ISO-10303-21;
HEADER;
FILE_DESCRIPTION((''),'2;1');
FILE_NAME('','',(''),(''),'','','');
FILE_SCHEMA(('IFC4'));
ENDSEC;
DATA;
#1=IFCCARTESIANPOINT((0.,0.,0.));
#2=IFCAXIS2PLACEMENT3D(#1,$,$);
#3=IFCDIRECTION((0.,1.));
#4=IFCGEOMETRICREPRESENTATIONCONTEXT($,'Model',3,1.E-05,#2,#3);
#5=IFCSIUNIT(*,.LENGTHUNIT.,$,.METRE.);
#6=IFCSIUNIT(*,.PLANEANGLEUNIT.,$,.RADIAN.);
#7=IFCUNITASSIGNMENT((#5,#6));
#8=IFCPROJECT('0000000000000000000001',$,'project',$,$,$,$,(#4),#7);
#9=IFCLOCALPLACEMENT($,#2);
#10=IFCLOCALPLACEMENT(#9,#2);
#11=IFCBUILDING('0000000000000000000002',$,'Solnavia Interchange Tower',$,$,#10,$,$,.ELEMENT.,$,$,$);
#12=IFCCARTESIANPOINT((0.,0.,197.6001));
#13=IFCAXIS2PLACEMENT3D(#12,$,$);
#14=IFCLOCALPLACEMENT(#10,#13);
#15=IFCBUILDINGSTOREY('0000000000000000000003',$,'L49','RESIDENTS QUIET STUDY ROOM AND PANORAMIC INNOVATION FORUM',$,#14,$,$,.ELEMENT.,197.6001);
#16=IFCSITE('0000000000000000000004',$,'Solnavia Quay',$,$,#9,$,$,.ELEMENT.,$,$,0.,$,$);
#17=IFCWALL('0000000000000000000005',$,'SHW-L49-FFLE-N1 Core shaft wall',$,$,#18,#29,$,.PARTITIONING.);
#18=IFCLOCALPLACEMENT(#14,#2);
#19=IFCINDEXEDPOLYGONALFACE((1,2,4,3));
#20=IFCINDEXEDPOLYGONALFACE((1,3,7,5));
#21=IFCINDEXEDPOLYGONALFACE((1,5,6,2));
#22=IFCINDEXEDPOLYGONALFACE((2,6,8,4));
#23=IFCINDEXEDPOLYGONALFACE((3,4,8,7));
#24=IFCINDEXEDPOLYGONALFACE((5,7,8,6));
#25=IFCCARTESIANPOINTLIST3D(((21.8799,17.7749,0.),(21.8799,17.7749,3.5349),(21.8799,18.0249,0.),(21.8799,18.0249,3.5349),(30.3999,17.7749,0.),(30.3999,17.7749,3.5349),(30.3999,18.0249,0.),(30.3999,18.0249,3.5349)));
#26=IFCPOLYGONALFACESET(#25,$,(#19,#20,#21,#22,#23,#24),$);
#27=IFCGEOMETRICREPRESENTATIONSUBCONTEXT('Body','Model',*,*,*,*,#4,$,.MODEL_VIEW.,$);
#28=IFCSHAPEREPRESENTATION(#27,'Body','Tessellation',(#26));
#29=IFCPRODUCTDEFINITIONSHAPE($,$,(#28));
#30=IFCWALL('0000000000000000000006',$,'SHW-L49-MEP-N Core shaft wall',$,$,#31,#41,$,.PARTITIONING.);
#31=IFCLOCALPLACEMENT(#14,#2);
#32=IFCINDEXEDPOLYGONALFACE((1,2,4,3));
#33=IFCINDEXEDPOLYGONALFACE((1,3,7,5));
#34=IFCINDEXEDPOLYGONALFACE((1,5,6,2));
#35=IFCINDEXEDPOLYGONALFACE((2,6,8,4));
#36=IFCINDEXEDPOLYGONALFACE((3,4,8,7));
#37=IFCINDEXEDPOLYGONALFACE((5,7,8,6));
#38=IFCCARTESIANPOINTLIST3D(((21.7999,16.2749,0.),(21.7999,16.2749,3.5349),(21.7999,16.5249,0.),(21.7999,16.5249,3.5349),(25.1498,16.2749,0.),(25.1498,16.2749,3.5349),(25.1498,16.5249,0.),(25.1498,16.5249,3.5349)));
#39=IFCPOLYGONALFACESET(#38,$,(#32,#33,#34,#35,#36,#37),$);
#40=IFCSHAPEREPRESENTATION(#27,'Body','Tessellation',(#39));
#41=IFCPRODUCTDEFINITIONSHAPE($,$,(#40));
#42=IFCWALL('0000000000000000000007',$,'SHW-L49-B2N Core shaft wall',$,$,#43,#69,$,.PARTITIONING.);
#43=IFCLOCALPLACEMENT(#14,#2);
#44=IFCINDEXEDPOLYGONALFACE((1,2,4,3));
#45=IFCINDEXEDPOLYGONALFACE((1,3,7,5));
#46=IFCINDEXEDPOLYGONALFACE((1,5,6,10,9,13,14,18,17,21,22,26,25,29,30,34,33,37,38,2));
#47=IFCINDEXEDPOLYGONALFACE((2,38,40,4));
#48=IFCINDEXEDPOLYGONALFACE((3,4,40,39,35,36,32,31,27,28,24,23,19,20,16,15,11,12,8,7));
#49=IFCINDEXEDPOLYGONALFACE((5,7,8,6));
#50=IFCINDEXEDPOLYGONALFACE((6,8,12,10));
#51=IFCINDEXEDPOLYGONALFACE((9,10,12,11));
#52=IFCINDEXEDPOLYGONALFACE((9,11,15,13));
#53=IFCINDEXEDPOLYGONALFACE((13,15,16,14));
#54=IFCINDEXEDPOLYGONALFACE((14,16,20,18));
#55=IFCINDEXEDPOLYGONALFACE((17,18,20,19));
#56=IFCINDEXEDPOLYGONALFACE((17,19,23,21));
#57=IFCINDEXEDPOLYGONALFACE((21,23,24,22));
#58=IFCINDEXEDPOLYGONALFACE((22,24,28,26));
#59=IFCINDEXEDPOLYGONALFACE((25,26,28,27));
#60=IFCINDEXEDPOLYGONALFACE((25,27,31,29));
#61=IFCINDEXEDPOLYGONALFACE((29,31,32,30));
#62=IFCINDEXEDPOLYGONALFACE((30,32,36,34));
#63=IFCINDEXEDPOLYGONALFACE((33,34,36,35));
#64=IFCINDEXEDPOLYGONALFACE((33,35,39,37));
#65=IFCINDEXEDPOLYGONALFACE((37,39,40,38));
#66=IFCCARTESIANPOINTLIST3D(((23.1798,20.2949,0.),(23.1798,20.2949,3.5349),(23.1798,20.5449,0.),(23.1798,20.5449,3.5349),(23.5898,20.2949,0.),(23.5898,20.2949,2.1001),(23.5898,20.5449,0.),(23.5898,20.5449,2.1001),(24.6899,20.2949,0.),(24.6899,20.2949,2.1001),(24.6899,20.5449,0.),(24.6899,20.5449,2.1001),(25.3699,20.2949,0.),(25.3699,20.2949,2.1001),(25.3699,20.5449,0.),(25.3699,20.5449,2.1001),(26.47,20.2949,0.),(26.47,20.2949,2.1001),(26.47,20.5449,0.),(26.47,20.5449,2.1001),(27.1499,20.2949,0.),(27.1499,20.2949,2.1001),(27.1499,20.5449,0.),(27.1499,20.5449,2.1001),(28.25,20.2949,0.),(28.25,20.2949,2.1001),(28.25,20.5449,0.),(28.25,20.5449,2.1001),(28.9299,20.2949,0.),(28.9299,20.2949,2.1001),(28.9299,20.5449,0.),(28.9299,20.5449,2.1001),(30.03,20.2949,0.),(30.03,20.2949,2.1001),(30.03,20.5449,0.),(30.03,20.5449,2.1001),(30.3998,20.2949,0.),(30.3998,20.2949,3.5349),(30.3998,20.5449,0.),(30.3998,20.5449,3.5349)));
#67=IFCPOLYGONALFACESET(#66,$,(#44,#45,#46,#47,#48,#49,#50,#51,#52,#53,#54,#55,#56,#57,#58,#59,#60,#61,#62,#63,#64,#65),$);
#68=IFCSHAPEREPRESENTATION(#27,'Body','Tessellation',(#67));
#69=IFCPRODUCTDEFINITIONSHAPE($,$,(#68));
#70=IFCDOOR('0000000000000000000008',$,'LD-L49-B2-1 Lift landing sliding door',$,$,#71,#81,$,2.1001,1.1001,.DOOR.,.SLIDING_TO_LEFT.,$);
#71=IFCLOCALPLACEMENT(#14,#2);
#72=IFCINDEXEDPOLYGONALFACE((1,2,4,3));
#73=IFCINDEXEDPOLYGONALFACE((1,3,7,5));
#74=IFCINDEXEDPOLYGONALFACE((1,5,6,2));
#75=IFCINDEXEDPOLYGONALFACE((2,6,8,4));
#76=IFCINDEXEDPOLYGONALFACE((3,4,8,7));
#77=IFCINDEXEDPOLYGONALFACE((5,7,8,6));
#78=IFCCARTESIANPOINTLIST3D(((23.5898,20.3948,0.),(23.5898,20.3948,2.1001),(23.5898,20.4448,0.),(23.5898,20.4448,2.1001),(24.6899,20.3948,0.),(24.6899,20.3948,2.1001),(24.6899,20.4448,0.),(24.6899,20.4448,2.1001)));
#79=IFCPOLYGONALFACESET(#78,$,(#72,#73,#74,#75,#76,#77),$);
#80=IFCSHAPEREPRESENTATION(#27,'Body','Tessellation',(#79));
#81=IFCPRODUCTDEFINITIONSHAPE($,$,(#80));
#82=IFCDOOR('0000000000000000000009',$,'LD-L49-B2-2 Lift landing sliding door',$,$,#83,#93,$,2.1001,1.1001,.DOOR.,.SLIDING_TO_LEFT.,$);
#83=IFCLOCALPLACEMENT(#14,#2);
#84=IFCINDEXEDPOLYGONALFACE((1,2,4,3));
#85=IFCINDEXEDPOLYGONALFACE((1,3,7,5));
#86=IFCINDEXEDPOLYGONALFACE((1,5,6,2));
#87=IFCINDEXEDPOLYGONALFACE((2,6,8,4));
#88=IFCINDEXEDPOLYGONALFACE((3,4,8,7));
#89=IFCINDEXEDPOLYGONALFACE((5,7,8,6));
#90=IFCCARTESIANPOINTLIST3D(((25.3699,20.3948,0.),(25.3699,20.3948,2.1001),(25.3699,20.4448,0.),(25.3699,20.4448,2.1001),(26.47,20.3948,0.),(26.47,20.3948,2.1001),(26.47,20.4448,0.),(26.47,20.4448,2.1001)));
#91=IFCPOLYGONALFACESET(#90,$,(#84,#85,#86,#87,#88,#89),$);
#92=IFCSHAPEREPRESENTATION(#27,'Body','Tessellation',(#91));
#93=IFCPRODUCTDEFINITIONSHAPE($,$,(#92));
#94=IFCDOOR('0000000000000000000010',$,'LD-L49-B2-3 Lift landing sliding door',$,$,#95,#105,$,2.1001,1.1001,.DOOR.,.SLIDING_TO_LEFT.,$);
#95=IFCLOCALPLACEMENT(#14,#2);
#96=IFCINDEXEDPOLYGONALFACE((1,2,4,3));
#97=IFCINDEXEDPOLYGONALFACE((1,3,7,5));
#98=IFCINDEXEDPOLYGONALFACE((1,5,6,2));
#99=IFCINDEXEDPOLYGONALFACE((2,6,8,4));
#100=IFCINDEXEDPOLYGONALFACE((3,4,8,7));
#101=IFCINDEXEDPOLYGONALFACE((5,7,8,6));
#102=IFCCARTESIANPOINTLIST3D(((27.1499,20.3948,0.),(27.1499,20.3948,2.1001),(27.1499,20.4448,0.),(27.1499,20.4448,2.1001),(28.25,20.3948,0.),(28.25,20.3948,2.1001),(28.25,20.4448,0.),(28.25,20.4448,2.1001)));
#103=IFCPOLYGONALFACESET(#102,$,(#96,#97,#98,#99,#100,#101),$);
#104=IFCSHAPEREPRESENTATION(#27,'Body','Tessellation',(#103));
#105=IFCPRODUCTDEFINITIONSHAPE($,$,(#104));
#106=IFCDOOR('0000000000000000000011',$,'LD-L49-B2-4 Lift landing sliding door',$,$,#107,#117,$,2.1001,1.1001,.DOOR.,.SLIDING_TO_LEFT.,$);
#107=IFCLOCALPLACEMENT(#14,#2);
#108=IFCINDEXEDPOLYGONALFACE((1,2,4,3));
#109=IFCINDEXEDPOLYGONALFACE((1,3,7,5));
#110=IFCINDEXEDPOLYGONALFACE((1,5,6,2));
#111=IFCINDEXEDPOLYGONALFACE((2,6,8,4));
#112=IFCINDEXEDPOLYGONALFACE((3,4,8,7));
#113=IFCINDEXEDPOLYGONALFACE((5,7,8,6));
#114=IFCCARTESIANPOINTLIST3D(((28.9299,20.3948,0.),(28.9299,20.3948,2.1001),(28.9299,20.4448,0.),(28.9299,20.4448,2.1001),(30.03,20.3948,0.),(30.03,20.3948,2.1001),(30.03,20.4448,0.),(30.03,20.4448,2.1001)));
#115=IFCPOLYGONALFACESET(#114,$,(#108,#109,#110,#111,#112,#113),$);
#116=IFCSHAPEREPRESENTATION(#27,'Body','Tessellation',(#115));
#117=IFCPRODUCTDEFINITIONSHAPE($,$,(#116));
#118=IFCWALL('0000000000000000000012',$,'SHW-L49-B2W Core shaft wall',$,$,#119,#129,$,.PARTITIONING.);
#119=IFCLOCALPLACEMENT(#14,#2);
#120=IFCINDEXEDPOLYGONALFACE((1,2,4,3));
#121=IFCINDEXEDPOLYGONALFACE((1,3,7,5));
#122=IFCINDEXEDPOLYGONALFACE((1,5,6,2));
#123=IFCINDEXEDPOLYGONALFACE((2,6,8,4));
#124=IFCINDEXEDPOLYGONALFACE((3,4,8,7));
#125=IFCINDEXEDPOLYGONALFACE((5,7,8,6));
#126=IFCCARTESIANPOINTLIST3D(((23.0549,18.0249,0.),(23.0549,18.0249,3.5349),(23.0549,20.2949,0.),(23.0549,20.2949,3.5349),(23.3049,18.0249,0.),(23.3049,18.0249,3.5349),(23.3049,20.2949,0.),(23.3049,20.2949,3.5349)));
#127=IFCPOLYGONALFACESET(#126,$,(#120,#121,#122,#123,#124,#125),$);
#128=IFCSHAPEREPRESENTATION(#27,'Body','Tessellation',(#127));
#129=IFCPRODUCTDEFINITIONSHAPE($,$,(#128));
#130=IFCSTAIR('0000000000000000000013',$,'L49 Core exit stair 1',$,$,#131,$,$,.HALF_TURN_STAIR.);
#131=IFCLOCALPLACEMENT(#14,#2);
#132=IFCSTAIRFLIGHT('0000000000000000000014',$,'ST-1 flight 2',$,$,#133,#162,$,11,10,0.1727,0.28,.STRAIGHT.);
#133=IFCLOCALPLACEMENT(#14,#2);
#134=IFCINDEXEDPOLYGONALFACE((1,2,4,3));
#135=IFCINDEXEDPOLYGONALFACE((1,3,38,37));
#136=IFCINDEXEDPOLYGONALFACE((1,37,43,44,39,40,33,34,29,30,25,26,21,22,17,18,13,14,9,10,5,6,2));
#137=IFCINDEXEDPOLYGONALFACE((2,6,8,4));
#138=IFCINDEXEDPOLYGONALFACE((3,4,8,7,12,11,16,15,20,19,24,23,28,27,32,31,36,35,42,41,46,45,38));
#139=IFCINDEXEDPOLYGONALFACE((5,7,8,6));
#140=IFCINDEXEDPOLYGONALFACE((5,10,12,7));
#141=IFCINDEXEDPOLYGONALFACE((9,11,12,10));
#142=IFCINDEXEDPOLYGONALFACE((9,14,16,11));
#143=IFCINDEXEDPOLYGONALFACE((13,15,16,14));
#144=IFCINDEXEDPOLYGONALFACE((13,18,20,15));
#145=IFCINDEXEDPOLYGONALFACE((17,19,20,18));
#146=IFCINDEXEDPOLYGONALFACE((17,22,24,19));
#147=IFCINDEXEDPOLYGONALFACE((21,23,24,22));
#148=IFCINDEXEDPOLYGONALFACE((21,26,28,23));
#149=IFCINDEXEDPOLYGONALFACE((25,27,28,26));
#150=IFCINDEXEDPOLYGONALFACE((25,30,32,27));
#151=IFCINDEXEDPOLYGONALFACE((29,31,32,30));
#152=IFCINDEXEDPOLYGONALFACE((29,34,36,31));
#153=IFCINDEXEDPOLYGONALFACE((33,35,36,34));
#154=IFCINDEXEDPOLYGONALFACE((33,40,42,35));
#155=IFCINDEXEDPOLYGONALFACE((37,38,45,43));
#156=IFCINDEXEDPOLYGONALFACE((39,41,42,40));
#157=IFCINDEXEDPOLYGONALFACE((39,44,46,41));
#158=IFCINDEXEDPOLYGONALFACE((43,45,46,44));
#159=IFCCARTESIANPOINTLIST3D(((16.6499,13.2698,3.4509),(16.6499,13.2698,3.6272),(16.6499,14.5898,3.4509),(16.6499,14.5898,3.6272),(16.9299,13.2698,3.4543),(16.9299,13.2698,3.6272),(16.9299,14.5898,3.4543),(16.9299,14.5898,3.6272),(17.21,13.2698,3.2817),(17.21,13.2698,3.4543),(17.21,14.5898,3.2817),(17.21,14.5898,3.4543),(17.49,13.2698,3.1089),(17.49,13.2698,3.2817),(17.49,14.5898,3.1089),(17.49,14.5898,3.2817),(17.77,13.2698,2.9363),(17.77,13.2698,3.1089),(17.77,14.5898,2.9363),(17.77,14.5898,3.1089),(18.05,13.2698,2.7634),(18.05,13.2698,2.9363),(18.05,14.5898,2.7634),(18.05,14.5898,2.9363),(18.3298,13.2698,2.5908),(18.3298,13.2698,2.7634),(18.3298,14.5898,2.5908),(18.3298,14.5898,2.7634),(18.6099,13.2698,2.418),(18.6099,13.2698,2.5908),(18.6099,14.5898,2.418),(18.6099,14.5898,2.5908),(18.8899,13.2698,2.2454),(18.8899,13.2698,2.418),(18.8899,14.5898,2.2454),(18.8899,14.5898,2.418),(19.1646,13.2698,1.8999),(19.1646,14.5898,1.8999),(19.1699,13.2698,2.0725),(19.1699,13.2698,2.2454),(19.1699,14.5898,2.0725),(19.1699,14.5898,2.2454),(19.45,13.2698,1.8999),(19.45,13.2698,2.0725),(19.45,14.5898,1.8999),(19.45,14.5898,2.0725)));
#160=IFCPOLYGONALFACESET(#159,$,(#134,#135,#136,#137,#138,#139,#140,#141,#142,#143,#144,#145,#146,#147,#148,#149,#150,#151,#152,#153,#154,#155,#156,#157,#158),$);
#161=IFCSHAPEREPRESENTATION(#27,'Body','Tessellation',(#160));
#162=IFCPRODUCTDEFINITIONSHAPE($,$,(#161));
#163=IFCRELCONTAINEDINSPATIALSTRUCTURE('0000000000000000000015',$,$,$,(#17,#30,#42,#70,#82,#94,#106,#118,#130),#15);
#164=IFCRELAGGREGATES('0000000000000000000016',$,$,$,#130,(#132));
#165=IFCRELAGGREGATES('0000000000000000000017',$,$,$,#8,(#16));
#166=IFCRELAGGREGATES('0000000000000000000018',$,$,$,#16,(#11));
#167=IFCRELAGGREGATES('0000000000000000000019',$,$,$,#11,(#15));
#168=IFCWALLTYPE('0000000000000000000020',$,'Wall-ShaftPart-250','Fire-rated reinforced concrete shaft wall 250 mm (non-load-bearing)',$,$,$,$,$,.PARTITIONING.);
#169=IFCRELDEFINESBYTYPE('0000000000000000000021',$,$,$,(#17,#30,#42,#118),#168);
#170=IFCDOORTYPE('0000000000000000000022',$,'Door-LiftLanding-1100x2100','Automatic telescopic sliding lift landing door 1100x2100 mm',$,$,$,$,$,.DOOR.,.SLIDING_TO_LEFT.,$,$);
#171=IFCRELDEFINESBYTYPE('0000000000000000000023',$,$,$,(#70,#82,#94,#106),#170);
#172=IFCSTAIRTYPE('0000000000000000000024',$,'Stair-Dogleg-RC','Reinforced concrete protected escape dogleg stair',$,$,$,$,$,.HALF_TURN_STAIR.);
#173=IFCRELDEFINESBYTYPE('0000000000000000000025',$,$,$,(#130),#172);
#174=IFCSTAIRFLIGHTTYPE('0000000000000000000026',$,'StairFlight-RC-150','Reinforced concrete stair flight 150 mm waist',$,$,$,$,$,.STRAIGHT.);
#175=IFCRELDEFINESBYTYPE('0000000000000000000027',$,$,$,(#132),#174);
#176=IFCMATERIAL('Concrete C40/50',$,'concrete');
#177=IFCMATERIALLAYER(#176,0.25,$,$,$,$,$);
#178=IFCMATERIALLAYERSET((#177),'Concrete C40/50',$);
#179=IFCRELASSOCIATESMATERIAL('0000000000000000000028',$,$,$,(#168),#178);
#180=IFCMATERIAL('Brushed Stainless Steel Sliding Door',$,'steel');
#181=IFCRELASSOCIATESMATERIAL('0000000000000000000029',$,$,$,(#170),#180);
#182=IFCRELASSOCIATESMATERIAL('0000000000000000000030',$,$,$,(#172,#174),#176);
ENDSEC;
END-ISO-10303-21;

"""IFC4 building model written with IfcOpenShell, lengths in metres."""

from ifc_helpers import new_model, si_unit, direction, frame, frame_2d, origin, place, context, subcontext, project, spatial, polyline, rectangle, outline, extrude, material, layer, layer_set, type_object, element, fill, aggregate, save


model = new_model("IFC4")

# Units and contexts
model_context = context("Model", 3, precision=1e-05, world=origin(), true_north=direction((0.0, 1.0)))
body_context = subcontext(model_context, "Body", "Model", "MODEL_VIEW")
ifc_project = project(units=[si_unit("LENGTHUNIT", "METRE"), si_unit("PLANEANGLEUNIT", "RADIAN")], contexts=[model_context])

# Site, building, storey
site_placement = place(None, origin())
site = spatial("IfcSite", under=ifc_project, at=site_placement, Name="Solnavia Quay", CompositionType="ELEMENT", RefElevation=0.0)
building_placement = place(site_placement, origin())
building = spatial("IfcBuilding", under=site, at=building_placement, Name="Solnavia Interchange Tower", CompositionType="ELEMENT")
storey_placement = place(building_placement, frame((0.0, 0.0, 197.6001)))
storey = spatial("IfcBuildingStorey", under=building, at=storey_placement, Name="L49", Description="RESIDENTS QUIET STUDY ROOM AND PANORAMIC INNOVATION FORUM", CompositionType="ELEMENT", Elevation=197.6001)

# Shared definitions
ifc_material_1 = material(Name="Concrete C40/50", Category="concrete")

# Shared definitions
ifc_layer_1 = layer(ifc_material_1, 0.25)
ifc_layer_set_1 = layer_set([ifc_layer_1], Name="Concrete C40/50")
wall_type_1 = type_object("IfcWallType", Name="Wall-ShaftPart-250", Description="Fire-rated reinforced concrete shaft wall 250 mm (non-load-bearing)", PredefinedType="PARTITIONING", material=ifc_layer_set_1)

# Shared definitions
ifc_material_2 = material(Name="Brushed Stainless Steel Sliding Door", Category="steel")
door_type_1 = type_object("IfcDoorType", Name="Door-LiftLanding-1100x2100", Description="Automatic telescopic sliding lift landing door 1100x2100 mm", OperationType="SLIDING_TO_LEFT", PredefinedType="DOOR", material=ifc_material_2)

# Walls
wall_1_placement = place(storey_placement, frame((21.8799, 17.8999, 0.0), z_axis=(0.0, 0.0, 1.0), x_axis=(1.0, 0.0, 0.0)))
element("IfcWall", 1, at=wall_1_placement, inside=storey, type_object=wall_type_1, Name="SHW-L49-FFLE-N1 Core shaft wall", PredefinedType="PARTITIONING", context=body_context, shape_type="SweptSolid", body=[
    extrude(rectangle(XDim=8.52, YDim=0.25, at=frame_2d((4.26, 0.0))), origin(), (0.0, 0.0, 1.0), 3.5349),
])
wall_2_placement = place(storey_placement, frame((21.8, 16.3999, 0.0), z_axis=(0.0, 0.0, 1.0), x_axis=(1.0, 0.0, 0.0)))
element("IfcWall", 2, at=wall_2_placement, inside=storey, type_object=wall_type_1, Name="SHW-L49-MEP-N Core shaft wall", PredefinedType="PARTITIONING", context=body_context, shape_type="SweptSolid", body=[
    extrude(rectangle(XDim=3.3499, YDim=0.25, at=frame_2d((1.6748, 0.0))), origin(), (0.0, 0.0, 1.0), 3.5349),
])

# Wall, openings, doors
wall_3_placement = place(storey_placement, frame((23.1799, 20.4199, 0.0), z_axis=(0.0, 0.0, 1.0), x_axis=(1.0, 0.0, 0.0)))
wall_3 = element("IfcWall", 3, at=wall_3_placement, inside=storey, type_object=wall_type_1, Name="SHW-L49-B2N Core shaft wall", PredefinedType="PARTITIONING", context=body_context, shape_type="SweptSolid", body=[
    extrude(rectangle(XDim=7.22, YDim=0.25, at=frame_2d((3.6099, 0.0))), origin(), (0.0, 0.0, 1.0), 3.5349),
])
opening_1_placement = place(wall_3_placement, frame((0.4099, 0.0, 0.0)))
opening_1 = element("IfcOpeningElement", 4, at=opening_1_placement, cuts=wall_3, PredefinedType="OPENING", context=body_context, shape_type="SweptSolid", body=[
    extrude(rectangle(XDim=1.1001, YDim=2.1001, at=frame_2d((0.55, 1.05))), frame((0.0, 0.135, 0.0), z_axis=(0.0, -1.0, 0.0), x_axis=(1.0, 0.0, 0.0)), (0.0, 0.0, 1.0), 0.27),
])
opening_2_placement = place(wall_3_placement, frame((2.1899, 0.0, 0.0)))
opening_2 = element("IfcOpeningElement", 5, at=opening_2_placement, cuts=wall_3, PredefinedType="OPENING", context=body_context, shape_type="SweptSolid", body=[
    extrude(rectangle(XDim=1.1001, YDim=2.1001, at=frame_2d((0.55, 1.05))), frame((0.0, 0.135, 0.0), z_axis=(0.0, -1.0, 0.0), x_axis=(1.0, 0.0, 0.0)), (0.0, 0.0, 1.0), 0.27),
])
opening_3_placement = place(wall_3_placement, frame((3.97, 0.0, 0.0)))
opening_3 = element("IfcOpeningElement", 6, at=opening_3_placement, cuts=wall_3, PredefinedType="OPENING", context=body_context, shape_type="SweptSolid", body=[
    extrude(rectangle(XDim=1.1001, YDim=2.1001, at=frame_2d((0.55, 1.05))), frame((0.0, 0.135, 0.0), z_axis=(0.0, -1.0, 0.0), x_axis=(1.0, 0.0, 0.0)), (0.0, 0.0, 1.0), 0.27),
])
opening_4_placement = place(wall_3_placement, frame((5.75, 0.0, 0.0)))
opening_4 = element("IfcOpeningElement", 7, at=opening_4_placement, cuts=wall_3, PredefinedType="OPENING", context=body_context, shape_type="SweptSolid", body=[
    extrude(rectangle(XDim=1.1001, YDim=2.1001, at=frame_2d((0.55, 1.05))), frame((0.0, 0.135, 0.0), z_axis=(0.0, -1.0, 0.0), x_axis=(1.0, 0.0, 0.0)), (0.0, 0.0, 1.0), 0.27),
])
door_1_placement = place(opening_1_placement, origin())
door_1 = element("IfcDoor", 8, at=door_1_placement, inside=storey, type_object=door_type_1, Name="LD-L49-B2-1 Lift landing sliding door", OperationType="SLIDING_TO_LEFT", OverallHeight=2.1001, OverallWidth=1.1001, PredefinedType="DOOR", context=body_context, shape_type="SweptSolid", body=[
    extrude(rectangle(XDim=1.1001, YDim=2.1001, at=frame_2d((0.55, 1.05))), frame((0.0, 0.0249, 0.0), z_axis=(0.0, -1.0, 0.0), x_axis=(1.0, 0.0, 0.0)), (0.0, 0.0, 1.0), 0.05),
])
fill(opening_1, door_1)
door_2_placement = place(opening_2_placement, origin())
door_2 = element("IfcDoor", 9, at=door_2_placement, inside=storey, type_object=door_type_1, Name="LD-L49-B2-2 Lift landing sliding door", OperationType="SLIDING_TO_LEFT", OverallHeight=2.1001, OverallWidth=1.1001, PredefinedType="DOOR", context=body_context, shape_type="SweptSolid", body=[
    extrude(rectangle(XDim=1.1001, YDim=2.1001, at=frame_2d((0.55, 1.05))), frame((0.0, 0.0249, 0.0), z_axis=(0.0, -1.0, 0.0), x_axis=(1.0, 0.0, 0.0)), (0.0, 0.0, 1.0), 0.05),
])
fill(opening_2, door_2)
door_3_placement = place(opening_3_placement, origin())
door_3 = element("IfcDoor", 10, at=door_3_placement, inside=storey, type_object=door_type_1, Name="LD-L49-B2-3 Lift landing sliding door", OperationType="SLIDING_TO_LEFT", OverallHeight=2.1001, OverallWidth=1.1001, PredefinedType="DOOR", context=body_context, shape_type="SweptSolid", body=[
    extrude(rectangle(XDim=1.1001, YDim=2.1001, at=frame_2d((0.55, 1.05))), frame((0.0, 0.0249, 0.0), z_axis=(0.0, -1.0, 0.0), x_axis=(1.0, 0.0, 0.0)), (0.0, 0.0, 1.0), 0.05),
])
fill(opening_3, door_3)
door_4_placement = place(opening_4_placement, origin())
door_4 = element("IfcDoor", 11, at=door_4_placement, inside=storey, type_object=door_type_1, Name="LD-L49-B2-4 Lift landing sliding door", OperationType="SLIDING_TO_LEFT", OverallHeight=2.1001, OverallWidth=1.1001, PredefinedType="DOOR", context=body_context, shape_type="SweptSolid", body=[
    extrude(rectangle(XDim=1.1001, YDim=2.1001, at=frame_2d((0.55, 1.05))), frame((0.0, 0.0249, 0.0), z_axis=(0.0, -1.0, 0.0), x_axis=(1.0, 0.0, 0.0)), (0.0, 0.0, 1.0), 0.05),
])
fill(opening_4, door_4)

# Wall
wall_4_placement = place(storey_placement, frame((23.1799, 18.0249, 0.0), z_axis=(0.0, 0.0, 1.0), x_axis=(0.0, 1.0, 0.0)))
element("IfcWall", 12, at=wall_4_placement, inside=storey, type_object=wall_type_1, Name="SHW-L49-B2W Core shaft wall", PredefinedType="PARTITIONING", context=body_context, shape_type="SweptSolid", body=[
    extrude(rectangle(XDim=2.27, YDim=0.25, at=frame_2d((1.135, 0.0))), origin(), (0.0, 0.0, 1.0), 3.5349),
])

# Stair, stair flight
stair_type = type_object("IfcStairType", Name="Stair-Dogleg-RC", Description="Reinforced concrete protected escape dogleg stair", PredefinedType="HALF_TURN_STAIR", material=ifc_material_1)
stair_placement = place(storey_placement, origin())
stair = element("IfcStair", 13, at=stair_placement, inside=storey, type_object=stair_type, Name="L49 Core exit stair 1", PredefinedType="HALF_TURN_STAIR")
stair_flight_type = type_object("IfcStairFlightType", Name="StairFlight-RC-150", Description="Reinforced concrete stair flight 150 mm waist", PredefinedType="STRAIGHT", material=ifc_material_1)
stair_flight_placement = place(storey_placement, frame((19.45, 13.9299, 1.8999), z_axis=(0.0, 0.0, 1.0), x_axis=(-1.0, 0.0, 0.0)))
stair_flight = element("IfcStairFlight", 14, at=stair_flight_placement, type_object=stair_flight_type, Name="ST-1 flight 2", NumberOfRisers=11, NumberOfTreads=10, PredefinedType="STRAIGHT", RiserHeight=0.1727, TreadLength=0.28, context=body_context, shape_type="SweptSolid", body=[
    extrude(outline(polyline([(0.0, 0.0), (0.0, 0.1726), (0.28, 0.1726), (0.28, 0.3455), (0.5601, 0.3455), (0.5601, 0.5181), (0.8401, 0.5181), (0.8401, 0.6909), (1.1201, 0.6909), (1.1201, 0.8635), (1.3999, 0.8635), (1.3999, 1.0364), (1.6799, 1.0364), (1.6799, 1.209), (1.96, 1.209), (1.96, 1.3818), (2.24, 1.3818), (2.24, 1.5544), (2.52, 1.5544), (2.52, 1.7273), (2.8, 1.7273), (2.8, 1.8999), (2.8, 1.551), (0.2854, 0.0), (0.0, 0.0)])), frame((0.0, 0.6602, 0.0), z_axis=(0.0, -1.0, 0.0), x_axis=(1.0, 0.0, 0.0)), (0.0, 0.0, 1.0), 1.3201),
])
aggregate(stair, [stair_flight])

save(model, "model.ifc")
